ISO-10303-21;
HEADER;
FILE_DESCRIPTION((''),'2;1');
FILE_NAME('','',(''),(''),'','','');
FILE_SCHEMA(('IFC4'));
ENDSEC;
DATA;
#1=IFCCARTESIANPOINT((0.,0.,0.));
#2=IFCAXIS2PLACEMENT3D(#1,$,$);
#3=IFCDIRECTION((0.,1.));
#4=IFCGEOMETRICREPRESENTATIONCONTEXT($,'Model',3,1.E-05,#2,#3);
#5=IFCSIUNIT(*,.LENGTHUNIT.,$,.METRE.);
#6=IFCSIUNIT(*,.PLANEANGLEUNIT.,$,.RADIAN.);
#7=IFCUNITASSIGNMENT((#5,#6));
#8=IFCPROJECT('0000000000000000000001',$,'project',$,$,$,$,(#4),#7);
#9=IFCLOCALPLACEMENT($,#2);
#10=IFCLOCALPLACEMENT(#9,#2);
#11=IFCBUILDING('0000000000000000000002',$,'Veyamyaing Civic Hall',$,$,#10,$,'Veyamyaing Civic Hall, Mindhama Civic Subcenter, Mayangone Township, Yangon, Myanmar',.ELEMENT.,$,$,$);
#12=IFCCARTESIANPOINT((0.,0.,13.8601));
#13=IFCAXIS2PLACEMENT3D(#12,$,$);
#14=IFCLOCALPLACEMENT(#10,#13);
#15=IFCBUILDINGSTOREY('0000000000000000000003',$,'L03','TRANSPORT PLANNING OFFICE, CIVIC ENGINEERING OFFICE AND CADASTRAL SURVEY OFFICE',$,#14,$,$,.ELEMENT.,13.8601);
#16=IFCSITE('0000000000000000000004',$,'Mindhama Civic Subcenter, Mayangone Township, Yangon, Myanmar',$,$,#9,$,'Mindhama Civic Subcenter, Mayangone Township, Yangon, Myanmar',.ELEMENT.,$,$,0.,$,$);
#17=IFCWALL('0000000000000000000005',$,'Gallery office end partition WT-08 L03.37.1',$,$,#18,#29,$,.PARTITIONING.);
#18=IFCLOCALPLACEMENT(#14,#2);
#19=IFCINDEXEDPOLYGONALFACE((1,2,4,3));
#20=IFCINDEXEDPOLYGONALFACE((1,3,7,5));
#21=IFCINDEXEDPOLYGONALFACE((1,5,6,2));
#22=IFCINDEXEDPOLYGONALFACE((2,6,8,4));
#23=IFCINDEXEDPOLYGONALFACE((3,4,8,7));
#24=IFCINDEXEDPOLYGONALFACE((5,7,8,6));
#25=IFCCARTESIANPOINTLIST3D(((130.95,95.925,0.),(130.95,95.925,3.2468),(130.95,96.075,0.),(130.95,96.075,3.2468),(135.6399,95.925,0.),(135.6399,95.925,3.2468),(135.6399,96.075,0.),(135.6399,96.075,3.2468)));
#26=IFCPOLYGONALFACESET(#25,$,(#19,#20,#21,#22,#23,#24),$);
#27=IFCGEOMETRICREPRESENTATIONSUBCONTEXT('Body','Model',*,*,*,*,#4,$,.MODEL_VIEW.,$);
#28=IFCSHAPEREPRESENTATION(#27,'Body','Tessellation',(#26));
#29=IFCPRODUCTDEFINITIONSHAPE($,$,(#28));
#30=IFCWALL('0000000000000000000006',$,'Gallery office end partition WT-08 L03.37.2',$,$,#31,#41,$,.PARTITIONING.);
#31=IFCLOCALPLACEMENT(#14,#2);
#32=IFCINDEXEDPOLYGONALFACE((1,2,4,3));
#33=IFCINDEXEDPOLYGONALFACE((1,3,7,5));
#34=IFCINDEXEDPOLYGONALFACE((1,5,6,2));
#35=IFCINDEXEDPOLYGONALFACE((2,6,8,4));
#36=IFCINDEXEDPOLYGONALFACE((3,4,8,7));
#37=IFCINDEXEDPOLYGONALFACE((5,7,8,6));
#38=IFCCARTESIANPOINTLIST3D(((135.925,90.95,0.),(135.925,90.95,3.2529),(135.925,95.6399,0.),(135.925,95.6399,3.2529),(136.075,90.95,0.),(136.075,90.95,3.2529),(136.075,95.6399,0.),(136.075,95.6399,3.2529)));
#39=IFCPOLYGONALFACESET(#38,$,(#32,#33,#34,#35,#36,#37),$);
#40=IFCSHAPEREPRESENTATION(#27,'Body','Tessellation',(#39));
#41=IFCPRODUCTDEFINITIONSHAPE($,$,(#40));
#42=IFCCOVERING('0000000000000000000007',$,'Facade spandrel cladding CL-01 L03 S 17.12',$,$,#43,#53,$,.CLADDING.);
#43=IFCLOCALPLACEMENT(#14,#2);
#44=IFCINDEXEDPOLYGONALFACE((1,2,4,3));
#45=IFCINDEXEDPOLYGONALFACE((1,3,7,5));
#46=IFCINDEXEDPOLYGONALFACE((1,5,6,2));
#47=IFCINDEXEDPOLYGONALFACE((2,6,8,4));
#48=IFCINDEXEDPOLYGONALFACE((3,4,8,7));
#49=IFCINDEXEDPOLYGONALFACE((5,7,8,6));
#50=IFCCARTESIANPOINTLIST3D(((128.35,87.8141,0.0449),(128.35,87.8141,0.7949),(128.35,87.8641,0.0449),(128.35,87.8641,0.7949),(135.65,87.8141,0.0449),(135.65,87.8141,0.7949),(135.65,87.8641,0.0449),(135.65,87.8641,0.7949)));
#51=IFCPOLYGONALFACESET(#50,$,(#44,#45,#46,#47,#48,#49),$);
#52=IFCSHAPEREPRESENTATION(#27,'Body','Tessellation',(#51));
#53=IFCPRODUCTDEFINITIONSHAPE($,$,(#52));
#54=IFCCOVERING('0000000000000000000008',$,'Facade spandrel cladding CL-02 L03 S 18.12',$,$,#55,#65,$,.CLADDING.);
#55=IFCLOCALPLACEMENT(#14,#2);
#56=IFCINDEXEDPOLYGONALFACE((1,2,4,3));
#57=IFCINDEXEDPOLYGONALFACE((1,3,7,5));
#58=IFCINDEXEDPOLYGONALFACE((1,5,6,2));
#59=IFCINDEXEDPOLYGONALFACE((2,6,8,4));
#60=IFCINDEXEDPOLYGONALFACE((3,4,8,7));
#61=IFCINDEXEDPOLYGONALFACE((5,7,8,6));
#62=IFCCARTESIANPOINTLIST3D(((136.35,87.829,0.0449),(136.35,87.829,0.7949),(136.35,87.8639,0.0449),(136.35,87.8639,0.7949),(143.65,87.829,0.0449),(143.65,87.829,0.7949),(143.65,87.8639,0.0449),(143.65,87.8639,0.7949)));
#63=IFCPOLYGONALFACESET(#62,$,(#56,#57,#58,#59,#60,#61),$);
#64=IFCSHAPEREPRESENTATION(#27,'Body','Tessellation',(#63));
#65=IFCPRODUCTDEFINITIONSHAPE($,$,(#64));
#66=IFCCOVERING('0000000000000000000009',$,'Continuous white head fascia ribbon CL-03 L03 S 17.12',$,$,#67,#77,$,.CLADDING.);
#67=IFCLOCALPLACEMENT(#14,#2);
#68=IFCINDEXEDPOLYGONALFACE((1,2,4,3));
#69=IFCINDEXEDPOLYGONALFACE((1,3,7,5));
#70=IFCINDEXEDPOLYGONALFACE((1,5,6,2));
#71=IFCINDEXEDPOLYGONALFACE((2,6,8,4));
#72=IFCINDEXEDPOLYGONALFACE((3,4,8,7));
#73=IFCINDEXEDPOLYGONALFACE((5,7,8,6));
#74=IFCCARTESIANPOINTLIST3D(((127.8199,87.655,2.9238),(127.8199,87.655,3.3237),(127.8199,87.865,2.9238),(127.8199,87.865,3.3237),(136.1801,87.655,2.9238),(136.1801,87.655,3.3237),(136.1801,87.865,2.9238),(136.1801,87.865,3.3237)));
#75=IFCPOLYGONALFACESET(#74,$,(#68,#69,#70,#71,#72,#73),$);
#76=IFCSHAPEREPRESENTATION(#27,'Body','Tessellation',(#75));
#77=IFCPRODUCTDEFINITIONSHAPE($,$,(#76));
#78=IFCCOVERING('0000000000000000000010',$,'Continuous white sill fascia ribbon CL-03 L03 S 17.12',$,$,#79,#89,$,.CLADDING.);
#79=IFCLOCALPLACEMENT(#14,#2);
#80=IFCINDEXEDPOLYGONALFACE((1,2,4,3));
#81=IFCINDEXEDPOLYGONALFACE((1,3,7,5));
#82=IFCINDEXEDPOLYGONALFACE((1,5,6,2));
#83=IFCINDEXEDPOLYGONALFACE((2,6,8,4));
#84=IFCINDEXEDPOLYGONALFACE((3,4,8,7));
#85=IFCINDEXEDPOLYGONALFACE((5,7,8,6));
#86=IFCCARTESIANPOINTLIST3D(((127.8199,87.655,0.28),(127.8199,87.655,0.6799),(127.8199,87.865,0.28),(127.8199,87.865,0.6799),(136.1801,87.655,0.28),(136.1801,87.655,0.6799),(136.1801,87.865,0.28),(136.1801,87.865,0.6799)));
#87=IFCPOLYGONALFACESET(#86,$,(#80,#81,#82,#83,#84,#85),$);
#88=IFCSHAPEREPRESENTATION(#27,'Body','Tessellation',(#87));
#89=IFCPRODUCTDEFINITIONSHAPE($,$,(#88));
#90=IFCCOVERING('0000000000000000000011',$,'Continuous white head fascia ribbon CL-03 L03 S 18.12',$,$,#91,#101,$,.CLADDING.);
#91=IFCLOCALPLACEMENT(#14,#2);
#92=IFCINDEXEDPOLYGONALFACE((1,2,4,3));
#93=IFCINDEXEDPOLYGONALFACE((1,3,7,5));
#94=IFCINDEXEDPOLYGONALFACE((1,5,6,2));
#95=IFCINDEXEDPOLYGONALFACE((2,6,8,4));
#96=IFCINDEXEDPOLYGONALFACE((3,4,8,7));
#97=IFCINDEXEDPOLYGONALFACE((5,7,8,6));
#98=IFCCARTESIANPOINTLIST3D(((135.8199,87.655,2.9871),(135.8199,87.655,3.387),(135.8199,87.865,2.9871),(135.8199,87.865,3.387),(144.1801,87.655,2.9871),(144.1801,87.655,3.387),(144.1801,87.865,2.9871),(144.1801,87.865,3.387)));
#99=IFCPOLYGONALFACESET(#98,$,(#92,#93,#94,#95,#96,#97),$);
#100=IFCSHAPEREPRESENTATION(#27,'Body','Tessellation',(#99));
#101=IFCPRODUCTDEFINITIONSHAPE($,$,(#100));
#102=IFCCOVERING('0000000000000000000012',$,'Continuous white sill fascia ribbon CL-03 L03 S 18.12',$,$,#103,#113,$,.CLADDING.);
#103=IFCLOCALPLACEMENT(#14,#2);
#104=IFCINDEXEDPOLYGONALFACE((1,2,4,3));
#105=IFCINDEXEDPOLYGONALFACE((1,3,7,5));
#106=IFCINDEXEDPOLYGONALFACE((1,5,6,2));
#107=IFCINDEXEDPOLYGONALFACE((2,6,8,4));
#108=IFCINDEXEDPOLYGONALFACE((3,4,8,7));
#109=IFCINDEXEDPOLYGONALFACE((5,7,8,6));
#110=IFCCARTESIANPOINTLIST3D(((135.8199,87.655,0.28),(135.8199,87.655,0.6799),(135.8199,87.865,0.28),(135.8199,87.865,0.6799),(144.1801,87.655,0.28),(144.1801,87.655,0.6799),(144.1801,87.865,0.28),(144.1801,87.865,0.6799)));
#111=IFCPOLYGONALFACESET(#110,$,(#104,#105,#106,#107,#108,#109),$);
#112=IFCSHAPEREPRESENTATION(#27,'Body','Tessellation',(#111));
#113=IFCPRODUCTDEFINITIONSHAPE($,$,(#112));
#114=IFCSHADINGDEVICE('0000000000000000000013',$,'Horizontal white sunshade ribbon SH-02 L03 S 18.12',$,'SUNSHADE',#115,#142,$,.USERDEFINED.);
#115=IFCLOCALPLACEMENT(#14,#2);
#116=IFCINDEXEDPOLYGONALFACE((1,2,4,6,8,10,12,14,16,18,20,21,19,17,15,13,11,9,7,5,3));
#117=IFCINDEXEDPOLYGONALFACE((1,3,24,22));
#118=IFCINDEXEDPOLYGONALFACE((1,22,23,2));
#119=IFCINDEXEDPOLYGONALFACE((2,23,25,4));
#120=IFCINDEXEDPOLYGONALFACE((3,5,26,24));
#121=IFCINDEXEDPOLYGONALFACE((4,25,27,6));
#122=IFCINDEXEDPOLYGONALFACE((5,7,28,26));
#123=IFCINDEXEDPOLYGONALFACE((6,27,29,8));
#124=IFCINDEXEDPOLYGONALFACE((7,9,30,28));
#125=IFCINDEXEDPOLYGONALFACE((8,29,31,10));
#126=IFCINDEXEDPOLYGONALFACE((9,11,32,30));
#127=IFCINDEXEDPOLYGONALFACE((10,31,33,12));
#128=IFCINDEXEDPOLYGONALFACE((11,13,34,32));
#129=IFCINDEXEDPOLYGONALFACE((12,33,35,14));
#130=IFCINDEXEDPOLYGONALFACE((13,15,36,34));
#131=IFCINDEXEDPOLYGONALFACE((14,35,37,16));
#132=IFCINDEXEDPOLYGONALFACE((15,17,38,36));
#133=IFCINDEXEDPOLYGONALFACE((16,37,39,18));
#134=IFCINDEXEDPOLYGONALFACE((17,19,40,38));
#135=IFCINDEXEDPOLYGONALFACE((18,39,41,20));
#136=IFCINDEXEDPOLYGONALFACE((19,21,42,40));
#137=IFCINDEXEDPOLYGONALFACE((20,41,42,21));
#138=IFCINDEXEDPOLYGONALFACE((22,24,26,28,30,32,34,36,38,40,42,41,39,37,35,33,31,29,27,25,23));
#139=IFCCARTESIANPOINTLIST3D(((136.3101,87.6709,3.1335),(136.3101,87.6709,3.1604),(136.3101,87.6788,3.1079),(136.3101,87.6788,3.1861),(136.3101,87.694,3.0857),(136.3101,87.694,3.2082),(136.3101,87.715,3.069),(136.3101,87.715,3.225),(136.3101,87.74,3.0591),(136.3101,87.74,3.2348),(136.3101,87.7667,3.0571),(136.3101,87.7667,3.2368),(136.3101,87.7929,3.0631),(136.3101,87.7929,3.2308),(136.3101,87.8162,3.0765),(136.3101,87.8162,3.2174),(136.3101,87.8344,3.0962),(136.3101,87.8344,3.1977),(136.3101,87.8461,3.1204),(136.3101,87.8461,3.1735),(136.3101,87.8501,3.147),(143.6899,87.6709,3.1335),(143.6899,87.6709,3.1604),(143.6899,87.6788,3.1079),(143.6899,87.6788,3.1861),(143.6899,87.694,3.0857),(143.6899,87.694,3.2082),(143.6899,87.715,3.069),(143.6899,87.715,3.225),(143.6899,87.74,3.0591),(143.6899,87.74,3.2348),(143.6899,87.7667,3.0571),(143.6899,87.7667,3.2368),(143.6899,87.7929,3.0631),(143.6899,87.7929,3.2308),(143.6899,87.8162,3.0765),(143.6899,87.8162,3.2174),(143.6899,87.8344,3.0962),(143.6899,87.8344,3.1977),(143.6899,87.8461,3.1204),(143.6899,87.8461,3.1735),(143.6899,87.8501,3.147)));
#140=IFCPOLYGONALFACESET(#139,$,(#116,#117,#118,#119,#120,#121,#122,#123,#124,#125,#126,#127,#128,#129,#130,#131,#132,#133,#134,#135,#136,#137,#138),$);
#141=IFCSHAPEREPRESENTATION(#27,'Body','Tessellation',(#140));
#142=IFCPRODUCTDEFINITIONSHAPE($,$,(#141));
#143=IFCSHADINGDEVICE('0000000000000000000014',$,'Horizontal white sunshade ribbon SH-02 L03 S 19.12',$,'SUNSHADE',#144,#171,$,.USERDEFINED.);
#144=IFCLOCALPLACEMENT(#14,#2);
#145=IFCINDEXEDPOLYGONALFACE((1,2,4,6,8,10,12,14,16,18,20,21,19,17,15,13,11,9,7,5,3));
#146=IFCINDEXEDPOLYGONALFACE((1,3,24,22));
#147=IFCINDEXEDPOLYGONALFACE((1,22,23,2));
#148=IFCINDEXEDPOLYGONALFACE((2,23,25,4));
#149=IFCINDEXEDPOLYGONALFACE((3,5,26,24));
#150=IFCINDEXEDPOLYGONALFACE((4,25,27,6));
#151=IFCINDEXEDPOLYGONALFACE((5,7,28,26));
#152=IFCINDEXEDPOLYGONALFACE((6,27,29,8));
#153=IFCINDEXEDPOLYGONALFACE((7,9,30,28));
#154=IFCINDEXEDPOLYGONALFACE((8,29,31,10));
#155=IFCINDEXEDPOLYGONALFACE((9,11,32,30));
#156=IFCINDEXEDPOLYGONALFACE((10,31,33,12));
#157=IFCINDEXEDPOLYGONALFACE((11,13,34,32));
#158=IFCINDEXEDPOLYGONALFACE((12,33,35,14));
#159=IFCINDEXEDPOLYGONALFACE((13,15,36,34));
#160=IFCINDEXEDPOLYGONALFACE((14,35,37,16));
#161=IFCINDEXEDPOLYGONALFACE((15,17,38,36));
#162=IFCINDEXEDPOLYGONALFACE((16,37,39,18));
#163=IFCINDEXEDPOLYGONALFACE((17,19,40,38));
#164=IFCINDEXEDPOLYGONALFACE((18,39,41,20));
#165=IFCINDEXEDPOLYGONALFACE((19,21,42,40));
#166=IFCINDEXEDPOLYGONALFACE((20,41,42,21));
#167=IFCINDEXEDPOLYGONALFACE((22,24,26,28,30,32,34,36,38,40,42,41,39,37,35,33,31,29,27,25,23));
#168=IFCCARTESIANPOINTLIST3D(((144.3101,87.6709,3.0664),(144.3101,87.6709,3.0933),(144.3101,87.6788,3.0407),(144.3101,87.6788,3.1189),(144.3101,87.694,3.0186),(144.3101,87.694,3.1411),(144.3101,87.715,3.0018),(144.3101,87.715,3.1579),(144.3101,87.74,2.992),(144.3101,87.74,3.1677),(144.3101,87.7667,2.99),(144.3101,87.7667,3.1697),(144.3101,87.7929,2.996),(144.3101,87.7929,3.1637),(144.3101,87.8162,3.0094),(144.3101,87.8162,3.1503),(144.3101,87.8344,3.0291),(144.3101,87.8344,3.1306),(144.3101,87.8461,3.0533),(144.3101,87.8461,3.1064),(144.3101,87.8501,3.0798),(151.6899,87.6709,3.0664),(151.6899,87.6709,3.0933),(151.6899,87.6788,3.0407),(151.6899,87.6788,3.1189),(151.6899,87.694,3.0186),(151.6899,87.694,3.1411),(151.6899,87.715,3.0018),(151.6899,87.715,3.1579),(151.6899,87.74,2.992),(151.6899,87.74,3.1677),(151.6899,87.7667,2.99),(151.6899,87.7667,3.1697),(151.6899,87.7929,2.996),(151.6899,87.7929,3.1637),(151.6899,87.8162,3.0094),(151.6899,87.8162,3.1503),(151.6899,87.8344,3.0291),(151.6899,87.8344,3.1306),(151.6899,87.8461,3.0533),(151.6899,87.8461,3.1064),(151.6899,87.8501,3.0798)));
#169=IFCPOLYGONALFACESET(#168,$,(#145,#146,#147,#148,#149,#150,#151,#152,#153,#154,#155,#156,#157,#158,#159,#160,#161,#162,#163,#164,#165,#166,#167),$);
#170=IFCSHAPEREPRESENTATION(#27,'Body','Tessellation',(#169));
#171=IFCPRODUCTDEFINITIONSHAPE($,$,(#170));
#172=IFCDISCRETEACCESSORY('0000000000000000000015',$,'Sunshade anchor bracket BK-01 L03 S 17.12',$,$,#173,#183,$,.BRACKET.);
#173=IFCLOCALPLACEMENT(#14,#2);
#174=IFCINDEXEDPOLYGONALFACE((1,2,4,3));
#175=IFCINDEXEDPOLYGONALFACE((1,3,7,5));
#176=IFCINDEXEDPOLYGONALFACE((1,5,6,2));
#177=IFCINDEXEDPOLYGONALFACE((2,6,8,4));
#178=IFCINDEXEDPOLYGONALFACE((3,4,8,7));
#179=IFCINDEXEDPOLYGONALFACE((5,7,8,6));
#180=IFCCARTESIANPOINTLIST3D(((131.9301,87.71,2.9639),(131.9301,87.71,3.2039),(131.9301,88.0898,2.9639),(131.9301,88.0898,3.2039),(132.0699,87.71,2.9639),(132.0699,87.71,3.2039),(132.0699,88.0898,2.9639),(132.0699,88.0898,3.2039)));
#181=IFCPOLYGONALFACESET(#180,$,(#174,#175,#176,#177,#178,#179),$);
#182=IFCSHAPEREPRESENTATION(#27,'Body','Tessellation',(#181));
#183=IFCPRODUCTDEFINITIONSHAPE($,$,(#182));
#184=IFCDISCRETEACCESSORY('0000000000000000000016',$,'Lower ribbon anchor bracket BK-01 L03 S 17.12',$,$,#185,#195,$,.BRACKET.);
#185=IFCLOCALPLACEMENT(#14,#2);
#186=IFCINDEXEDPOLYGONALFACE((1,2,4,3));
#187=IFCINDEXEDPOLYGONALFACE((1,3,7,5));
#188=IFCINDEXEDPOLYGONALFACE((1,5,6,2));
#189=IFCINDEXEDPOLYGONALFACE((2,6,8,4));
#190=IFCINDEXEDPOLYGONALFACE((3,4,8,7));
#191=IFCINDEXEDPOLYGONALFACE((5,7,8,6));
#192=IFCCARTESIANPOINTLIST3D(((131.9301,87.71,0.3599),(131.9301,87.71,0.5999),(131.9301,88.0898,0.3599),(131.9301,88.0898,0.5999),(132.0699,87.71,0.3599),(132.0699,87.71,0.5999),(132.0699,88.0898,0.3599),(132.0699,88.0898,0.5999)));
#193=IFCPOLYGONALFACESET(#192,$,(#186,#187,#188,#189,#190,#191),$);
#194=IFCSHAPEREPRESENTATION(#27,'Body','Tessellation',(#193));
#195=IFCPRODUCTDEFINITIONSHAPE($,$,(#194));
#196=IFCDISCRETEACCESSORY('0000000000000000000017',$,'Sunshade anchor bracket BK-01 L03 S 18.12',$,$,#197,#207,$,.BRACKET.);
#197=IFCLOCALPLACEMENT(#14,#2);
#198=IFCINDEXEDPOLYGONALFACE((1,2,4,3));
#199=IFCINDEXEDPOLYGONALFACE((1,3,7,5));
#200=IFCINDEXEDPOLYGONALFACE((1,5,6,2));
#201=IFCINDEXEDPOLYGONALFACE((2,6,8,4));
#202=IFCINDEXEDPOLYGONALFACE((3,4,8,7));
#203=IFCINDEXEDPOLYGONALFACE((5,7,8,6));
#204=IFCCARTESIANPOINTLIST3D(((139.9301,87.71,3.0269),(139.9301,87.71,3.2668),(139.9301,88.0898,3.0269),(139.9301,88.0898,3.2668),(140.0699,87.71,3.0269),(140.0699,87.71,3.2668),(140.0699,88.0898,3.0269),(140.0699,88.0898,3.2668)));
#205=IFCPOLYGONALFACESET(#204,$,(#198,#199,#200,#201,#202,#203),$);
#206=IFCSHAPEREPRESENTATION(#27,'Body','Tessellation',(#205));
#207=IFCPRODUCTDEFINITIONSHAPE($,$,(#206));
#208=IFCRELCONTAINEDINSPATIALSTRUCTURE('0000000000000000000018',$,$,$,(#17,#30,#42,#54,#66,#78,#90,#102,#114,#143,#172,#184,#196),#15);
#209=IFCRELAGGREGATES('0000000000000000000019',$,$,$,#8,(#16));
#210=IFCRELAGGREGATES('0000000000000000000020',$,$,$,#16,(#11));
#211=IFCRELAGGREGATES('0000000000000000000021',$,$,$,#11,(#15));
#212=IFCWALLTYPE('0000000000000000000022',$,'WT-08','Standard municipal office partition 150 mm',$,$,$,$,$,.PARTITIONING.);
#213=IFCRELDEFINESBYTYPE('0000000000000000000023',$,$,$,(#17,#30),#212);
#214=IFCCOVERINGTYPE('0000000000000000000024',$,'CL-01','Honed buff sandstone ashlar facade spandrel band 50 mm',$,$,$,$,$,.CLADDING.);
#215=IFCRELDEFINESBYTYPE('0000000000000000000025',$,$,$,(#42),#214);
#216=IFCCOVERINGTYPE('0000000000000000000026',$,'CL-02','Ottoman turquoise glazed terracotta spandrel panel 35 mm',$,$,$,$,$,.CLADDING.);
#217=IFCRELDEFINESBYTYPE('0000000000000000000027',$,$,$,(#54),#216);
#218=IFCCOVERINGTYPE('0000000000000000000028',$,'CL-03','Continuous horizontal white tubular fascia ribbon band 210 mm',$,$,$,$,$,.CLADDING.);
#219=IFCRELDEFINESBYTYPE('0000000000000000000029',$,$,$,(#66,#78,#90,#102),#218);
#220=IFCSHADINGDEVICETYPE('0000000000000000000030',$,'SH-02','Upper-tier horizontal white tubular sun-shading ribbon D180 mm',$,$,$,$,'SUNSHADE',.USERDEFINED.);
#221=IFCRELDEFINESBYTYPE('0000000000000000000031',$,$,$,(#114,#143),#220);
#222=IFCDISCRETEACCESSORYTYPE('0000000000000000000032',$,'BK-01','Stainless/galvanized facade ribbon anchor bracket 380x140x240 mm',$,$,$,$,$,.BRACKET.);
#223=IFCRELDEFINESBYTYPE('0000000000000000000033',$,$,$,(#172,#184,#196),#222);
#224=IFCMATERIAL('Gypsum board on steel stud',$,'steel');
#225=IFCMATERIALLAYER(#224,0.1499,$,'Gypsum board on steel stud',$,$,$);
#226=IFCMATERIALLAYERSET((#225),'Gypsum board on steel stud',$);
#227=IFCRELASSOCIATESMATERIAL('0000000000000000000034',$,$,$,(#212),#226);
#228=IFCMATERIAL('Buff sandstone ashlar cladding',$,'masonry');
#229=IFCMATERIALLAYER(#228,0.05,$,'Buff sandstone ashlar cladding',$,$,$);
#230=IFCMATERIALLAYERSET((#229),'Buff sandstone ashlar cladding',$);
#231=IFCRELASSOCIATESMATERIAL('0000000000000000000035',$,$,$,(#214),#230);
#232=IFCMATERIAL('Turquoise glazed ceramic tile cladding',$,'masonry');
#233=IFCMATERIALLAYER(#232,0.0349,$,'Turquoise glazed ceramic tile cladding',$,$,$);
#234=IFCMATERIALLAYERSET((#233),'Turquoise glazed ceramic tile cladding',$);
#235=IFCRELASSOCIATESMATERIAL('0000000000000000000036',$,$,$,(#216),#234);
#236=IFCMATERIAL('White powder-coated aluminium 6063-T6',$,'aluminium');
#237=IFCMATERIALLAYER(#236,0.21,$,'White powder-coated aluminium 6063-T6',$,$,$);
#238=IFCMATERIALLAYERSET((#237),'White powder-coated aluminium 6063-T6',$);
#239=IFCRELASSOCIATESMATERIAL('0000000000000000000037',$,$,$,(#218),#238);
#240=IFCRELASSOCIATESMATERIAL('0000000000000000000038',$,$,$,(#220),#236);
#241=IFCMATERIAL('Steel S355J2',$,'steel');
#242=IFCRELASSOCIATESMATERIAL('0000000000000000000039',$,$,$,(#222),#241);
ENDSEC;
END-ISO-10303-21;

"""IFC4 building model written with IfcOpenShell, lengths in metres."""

from ifc_helpers import new_model, si_unit, direction, frame, frame_2d, origin, origin_2d, place, context, subcontext, project, spatial, rectangle, circle, extrude, material, layer, layer_set, material_profile, profile_set, type_object, element, save


model = new_model("IFC4")

# Units and contexts
model_context = context("Model", 3, precision=1e-05, world=origin(), true_north=direction((0.0, 1.0)))
body_context = subcontext(model_context, "Body", "Model", "MODEL_VIEW")
ifc_project = project(units=[si_unit("LENGTHUNIT", "METRE"), si_unit("PLANEANGLEUNIT", "RADIAN")], contexts=[model_context])

# Site, building, storey
site_placement = place(None, origin())
site = spatial("IfcSite", under=ifc_project, at=site_placement, Name="Mindhama Civic Subcenter, Mayangone Township, Yangon, Myanmar", LongName="Mindhama Civic Subcenter, Mayangone Township, Yangon, Myanmar", CompositionType="ELEMENT", RefElevation=0.0)
building_placement = place(site_placement, origin())
building = spatial("IfcBuilding", under=site, at=building_placement, Name="Veyamyaing Civic Hall", LongName="Veyamyaing Civic Hall, Mindhama Civic Subcenter, Mayangone Township, Yangon, Myanmar", CompositionType="ELEMENT")
storey_placement = place(building_placement, frame((0.0, 0.0, 13.8601)))
storey = spatial("IfcBuildingStorey", under=building, at=storey_placement, Name="L03", Description="TRANSPORT PLANNING OFFICE, CIVIC ENGINEERING OFFICE AND CADASTRAL SURVEY OFFICE", CompositionType="ELEMENT", Elevation=13.8601)

# Walls
ifc_material_1 = material(Name="Gypsum board on steel stud", Category="steel")
ifc_layer_1 = layer(ifc_material_1, 0.1499, Name="Gypsum board on steel stud")
ifc_layer_set_1 = layer_set([ifc_layer_1], Name="Gypsum board on steel stud")
wall_type_1 = type_object("IfcWallType", Name="WT-08", Description="Standard municipal office partition 150 mm", PredefinedType="PARTITIONING", material=ifc_layer_set_1)
wall_1_placement = place(storey_placement, frame((130.95, 96.0, 0.0), z_axis=(0.0, 0.0, 1.0), x_axis=(1.0, 0.0, 0.0)))
element("IfcWall", 1, at=wall_1_placement, inside=storey, type_object=wall_type_1, Name="Gallery office end partition WT-08 L03.37.1", PredefinedType="PARTITIONING", context=body_context, shape_type="SweptSolid", body=[
    extrude(rectangle(XDim=4.6899, YDim=0.1499, at=frame_2d((2.345, 0.0))), origin(), (0.0, 0.0, 1.0), 3.2468),
])
wall_2_placement = place(storey_placement, frame((136.0, 90.95, 0.0), z_axis=(0.0, 0.0, 1.0), x_axis=(0.0, 1.0, 0.0)))
element("IfcWall", 2, at=wall_2_placement, inside=storey, type_object=wall_type_1, Name="Gallery office end partition WT-08 L03.37.2", PredefinedType="PARTITIONING", context=body_context, shape_type="SweptSolid", body=[
    extrude(rectangle(XDim=4.6899, YDim=0.1499, at=frame_2d((2.345, 0.0))), origin(), (0.0, 0.0, 1.0), 3.2529),
])

# Coverings
ifc_material_2 = material(Name="Buff sandstone ashlar cladding", Category="masonry")
ifc_layer_2 = layer(ifc_material_2, 0.05, Name="Buff sandstone ashlar cladding")
ifc_layer_set_2 = layer_set([ifc_layer_2], Name="Buff sandstone ashlar cladding")
covering_type_1 = type_object("IfcCoveringType", Name="CL-01", Description="Honed buff sandstone ashlar facade spandrel band 50 mm", PredefinedType="CLADDING", material=ifc_layer_set_2)
covering_1_placement = place(storey_placement, frame((132.0, 87.8391, 0.0449), z_axis=(0.0, 0.0, 1.0), x_axis=(1.0, 0.0, 0.0)))
element("IfcCovering", 3, at=covering_1_placement, inside=storey, type_object=covering_type_1, Name="Facade spandrel cladding CL-01 L03 S 17.12", PredefinedType="CLADDING", context=body_context, shape_type="SweptSolid", body=[
    extrude(rectangle(XDim=7.3, YDim=0.05, at=origin_2d()), origin(), (0.0, 0.0, 1.0), 0.75),
])
ifc_material_3 = material(Name="Turquoise glazed ceramic tile cladding", Category="masonry")
ifc_layer_3 = layer(ifc_material_3, 0.0349, Name="Turquoise glazed ceramic tile cladding")
ifc_layer_set_3 = layer_set([ifc_layer_3], Name="Turquoise glazed ceramic tile cladding")
covering_type_2 = type_object("IfcCoveringType", Name="CL-02", Description="Ottoman turquoise glazed terracotta spandrel panel 35 mm", PredefinedType="CLADDING", material=ifc_layer_set_3)
covering_2_placement = place(storey_placement, frame((140.0, 87.8464, 0.0449), z_axis=(0.0, 0.0, 1.0), x_axis=(1.0, 0.0, 0.0)))
element("IfcCovering", 4, at=covering_2_placement, inside=storey, type_object=covering_type_2, Name="Facade spandrel cladding CL-02 L03 S 18.12", PredefinedType="CLADDING", context=body_context, shape_type="SweptSolid", body=[
    extrude(rectangle(XDim=7.3, YDim=0.0349, at=origin_2d()), origin(), (0.0, 0.0, 1.0), 0.75),
])
ifc_material_4 = material(Name="White powder-coated aluminium 6063-T6", Category="aluminium")
ifc_layer_4 = layer(ifc_material_4, 0.21, Name="White powder-coated aluminium 6063-T6")
ifc_layer_set_4 = layer_set([ifc_layer_4], Name="White powder-coated aluminium 6063-T6")
covering_type_3 = type_object("IfcCoveringType", Name="CL-03", Description="Continuous horizontal white tubular fascia ribbon band 210 mm", PredefinedType="CLADDING", material=ifc_layer_set_4)
for number, where, z_axis, x_axis, name in (
    (5, (132.0, 87.76, 2.9238), (0.0, 0.0, 1.0), (1.0, 0.0, 0.0), "Continuous white head fascia ribbon CL-03 L03 S 17.12"),
    (6, (132.0, 87.76, 0.28), (0.0, 0.0, 1.0), (1.0, 0.0, 0.0), "Continuous white sill fascia ribbon CL-03 L03 S 17.12"),
    (7, (140.0, 87.76, 2.9871), (0.0, 0.0, 1.0), (1.0, 0.0, 0.0), "Continuous white head fascia ribbon CL-03 L03 S 18.12"),
    (8, (140.0, 87.76, 0.28), (0.0, 0.0, 1.0), (1.0, 0.0, 0.0), "Continuous white sill fascia ribbon CL-03 L03 S 18.12"),
):
    element("IfcCovering", number, at=place(storey_placement, frame(where, z_axis=z_axis, x_axis=x_axis)), inside=storey, type_object=covering_type_3, Name=name, PredefinedType="CLADDING", context=body_context, shape_type="SweptSolid", body=[
        extrude(rectangle(XDim=8.3601, YDim=0.21, at=origin_2d()), origin(), (0.0, 0.0, 1.0), 0.3999),
    ])

# Shading devices
ifc_material_profile_1 = material_profile(ifc_material_4, circle(Radius=0.0901, at=origin_2d()), Name="SHADE-TUBE-180")
ifc_profile_set_1 = profile_set([ifc_material_profile_1], Name="White powder-coated aluminium 6063-T6")
shading_device_type = type_object("IfcShadingDeviceType", Name="SH-02", Description="Upper-tier horizontal white tubular sun-shading ribbon D180 mm", ElementType="SUNSHADE", PredefinedType="USERDEFINED", material=ifc_profile_set_1)
for number, where, z_axis, x_axis, name in (
    (9, (136.3101, 87.76, 3.147), (1.0, 0.0, 0.0), (0.0, 1.0, 0.0), "Horizontal white sunshade ribbon SH-02 L03 S 18.12"),
    (10, (144.3101, 87.76, 3.0798), (1.0, 0.0, 0.0), (0.0, 1.0, 0.0), "Horizontal white sunshade ribbon SH-02 L03 S 19.12"),
):
    element("IfcShadingDevice", number, at=place(storey_placement, frame(where, z_axis=z_axis, x_axis=x_axis)), inside=storey, type_object=shading_device_type, Name=name, ObjectType="SUNSHADE", PredefinedType="USERDEFINED", context=body_context, shape_type="SweptSolid", body=[
        extrude(circle(Radius=0.0901, at=origin_2d()), origin(), (0.0, 0.0, 1.0), 7.3799),
    ])

# Discrete accessories
ifc_material_5 = material(Name="Steel S355J2", Category="steel")
discrete_accessory_type = type_object("IfcDiscreteAccessoryType", Name="BK-01", Description="Stainless/galvanized facade ribbon anchor bracket 380x140x240 mm", PredefinedType="BRACKET", material=ifc_material_5)
for number, where, z_axis, x_axis, name in (
    (11, (132.0, 87.8999, 2.9639), (0.0, 0.0, 1.0), (0.0, -1.0, 0.0), "Sunshade anchor bracket BK-01 L03 S 17.12"),
    (12, (132.0, 87.8999, 0.3599), (0.0, 0.0, 1.0), (0.0, -1.0, 0.0), "Lower ribbon anchor bracket BK-01 L03 S 17.12"),
    (13, (140.0, 87.8999, 3.0269), (0.0, 0.0, 1.0), (0.0, -1.0, 0.0), "Sunshade anchor bracket BK-01 L03 S 18.12"),
):
    element("IfcDiscreteAccessory", number, at=place(storey_placement, frame(where, z_axis=z_axis, x_axis=x_axis)), inside=storey, type_object=discrete_accessory_type, Name=name, PredefinedType="BRACKET", context=body_context, shape_type="SweptSolid", body=[
        extrude(rectangle(XDim=0.3799, YDim=0.1399, at=origin_2d()), origin(), (0.0, 0.0, 1.0), 0.24),
    ])

save(model, "model.ifc")
